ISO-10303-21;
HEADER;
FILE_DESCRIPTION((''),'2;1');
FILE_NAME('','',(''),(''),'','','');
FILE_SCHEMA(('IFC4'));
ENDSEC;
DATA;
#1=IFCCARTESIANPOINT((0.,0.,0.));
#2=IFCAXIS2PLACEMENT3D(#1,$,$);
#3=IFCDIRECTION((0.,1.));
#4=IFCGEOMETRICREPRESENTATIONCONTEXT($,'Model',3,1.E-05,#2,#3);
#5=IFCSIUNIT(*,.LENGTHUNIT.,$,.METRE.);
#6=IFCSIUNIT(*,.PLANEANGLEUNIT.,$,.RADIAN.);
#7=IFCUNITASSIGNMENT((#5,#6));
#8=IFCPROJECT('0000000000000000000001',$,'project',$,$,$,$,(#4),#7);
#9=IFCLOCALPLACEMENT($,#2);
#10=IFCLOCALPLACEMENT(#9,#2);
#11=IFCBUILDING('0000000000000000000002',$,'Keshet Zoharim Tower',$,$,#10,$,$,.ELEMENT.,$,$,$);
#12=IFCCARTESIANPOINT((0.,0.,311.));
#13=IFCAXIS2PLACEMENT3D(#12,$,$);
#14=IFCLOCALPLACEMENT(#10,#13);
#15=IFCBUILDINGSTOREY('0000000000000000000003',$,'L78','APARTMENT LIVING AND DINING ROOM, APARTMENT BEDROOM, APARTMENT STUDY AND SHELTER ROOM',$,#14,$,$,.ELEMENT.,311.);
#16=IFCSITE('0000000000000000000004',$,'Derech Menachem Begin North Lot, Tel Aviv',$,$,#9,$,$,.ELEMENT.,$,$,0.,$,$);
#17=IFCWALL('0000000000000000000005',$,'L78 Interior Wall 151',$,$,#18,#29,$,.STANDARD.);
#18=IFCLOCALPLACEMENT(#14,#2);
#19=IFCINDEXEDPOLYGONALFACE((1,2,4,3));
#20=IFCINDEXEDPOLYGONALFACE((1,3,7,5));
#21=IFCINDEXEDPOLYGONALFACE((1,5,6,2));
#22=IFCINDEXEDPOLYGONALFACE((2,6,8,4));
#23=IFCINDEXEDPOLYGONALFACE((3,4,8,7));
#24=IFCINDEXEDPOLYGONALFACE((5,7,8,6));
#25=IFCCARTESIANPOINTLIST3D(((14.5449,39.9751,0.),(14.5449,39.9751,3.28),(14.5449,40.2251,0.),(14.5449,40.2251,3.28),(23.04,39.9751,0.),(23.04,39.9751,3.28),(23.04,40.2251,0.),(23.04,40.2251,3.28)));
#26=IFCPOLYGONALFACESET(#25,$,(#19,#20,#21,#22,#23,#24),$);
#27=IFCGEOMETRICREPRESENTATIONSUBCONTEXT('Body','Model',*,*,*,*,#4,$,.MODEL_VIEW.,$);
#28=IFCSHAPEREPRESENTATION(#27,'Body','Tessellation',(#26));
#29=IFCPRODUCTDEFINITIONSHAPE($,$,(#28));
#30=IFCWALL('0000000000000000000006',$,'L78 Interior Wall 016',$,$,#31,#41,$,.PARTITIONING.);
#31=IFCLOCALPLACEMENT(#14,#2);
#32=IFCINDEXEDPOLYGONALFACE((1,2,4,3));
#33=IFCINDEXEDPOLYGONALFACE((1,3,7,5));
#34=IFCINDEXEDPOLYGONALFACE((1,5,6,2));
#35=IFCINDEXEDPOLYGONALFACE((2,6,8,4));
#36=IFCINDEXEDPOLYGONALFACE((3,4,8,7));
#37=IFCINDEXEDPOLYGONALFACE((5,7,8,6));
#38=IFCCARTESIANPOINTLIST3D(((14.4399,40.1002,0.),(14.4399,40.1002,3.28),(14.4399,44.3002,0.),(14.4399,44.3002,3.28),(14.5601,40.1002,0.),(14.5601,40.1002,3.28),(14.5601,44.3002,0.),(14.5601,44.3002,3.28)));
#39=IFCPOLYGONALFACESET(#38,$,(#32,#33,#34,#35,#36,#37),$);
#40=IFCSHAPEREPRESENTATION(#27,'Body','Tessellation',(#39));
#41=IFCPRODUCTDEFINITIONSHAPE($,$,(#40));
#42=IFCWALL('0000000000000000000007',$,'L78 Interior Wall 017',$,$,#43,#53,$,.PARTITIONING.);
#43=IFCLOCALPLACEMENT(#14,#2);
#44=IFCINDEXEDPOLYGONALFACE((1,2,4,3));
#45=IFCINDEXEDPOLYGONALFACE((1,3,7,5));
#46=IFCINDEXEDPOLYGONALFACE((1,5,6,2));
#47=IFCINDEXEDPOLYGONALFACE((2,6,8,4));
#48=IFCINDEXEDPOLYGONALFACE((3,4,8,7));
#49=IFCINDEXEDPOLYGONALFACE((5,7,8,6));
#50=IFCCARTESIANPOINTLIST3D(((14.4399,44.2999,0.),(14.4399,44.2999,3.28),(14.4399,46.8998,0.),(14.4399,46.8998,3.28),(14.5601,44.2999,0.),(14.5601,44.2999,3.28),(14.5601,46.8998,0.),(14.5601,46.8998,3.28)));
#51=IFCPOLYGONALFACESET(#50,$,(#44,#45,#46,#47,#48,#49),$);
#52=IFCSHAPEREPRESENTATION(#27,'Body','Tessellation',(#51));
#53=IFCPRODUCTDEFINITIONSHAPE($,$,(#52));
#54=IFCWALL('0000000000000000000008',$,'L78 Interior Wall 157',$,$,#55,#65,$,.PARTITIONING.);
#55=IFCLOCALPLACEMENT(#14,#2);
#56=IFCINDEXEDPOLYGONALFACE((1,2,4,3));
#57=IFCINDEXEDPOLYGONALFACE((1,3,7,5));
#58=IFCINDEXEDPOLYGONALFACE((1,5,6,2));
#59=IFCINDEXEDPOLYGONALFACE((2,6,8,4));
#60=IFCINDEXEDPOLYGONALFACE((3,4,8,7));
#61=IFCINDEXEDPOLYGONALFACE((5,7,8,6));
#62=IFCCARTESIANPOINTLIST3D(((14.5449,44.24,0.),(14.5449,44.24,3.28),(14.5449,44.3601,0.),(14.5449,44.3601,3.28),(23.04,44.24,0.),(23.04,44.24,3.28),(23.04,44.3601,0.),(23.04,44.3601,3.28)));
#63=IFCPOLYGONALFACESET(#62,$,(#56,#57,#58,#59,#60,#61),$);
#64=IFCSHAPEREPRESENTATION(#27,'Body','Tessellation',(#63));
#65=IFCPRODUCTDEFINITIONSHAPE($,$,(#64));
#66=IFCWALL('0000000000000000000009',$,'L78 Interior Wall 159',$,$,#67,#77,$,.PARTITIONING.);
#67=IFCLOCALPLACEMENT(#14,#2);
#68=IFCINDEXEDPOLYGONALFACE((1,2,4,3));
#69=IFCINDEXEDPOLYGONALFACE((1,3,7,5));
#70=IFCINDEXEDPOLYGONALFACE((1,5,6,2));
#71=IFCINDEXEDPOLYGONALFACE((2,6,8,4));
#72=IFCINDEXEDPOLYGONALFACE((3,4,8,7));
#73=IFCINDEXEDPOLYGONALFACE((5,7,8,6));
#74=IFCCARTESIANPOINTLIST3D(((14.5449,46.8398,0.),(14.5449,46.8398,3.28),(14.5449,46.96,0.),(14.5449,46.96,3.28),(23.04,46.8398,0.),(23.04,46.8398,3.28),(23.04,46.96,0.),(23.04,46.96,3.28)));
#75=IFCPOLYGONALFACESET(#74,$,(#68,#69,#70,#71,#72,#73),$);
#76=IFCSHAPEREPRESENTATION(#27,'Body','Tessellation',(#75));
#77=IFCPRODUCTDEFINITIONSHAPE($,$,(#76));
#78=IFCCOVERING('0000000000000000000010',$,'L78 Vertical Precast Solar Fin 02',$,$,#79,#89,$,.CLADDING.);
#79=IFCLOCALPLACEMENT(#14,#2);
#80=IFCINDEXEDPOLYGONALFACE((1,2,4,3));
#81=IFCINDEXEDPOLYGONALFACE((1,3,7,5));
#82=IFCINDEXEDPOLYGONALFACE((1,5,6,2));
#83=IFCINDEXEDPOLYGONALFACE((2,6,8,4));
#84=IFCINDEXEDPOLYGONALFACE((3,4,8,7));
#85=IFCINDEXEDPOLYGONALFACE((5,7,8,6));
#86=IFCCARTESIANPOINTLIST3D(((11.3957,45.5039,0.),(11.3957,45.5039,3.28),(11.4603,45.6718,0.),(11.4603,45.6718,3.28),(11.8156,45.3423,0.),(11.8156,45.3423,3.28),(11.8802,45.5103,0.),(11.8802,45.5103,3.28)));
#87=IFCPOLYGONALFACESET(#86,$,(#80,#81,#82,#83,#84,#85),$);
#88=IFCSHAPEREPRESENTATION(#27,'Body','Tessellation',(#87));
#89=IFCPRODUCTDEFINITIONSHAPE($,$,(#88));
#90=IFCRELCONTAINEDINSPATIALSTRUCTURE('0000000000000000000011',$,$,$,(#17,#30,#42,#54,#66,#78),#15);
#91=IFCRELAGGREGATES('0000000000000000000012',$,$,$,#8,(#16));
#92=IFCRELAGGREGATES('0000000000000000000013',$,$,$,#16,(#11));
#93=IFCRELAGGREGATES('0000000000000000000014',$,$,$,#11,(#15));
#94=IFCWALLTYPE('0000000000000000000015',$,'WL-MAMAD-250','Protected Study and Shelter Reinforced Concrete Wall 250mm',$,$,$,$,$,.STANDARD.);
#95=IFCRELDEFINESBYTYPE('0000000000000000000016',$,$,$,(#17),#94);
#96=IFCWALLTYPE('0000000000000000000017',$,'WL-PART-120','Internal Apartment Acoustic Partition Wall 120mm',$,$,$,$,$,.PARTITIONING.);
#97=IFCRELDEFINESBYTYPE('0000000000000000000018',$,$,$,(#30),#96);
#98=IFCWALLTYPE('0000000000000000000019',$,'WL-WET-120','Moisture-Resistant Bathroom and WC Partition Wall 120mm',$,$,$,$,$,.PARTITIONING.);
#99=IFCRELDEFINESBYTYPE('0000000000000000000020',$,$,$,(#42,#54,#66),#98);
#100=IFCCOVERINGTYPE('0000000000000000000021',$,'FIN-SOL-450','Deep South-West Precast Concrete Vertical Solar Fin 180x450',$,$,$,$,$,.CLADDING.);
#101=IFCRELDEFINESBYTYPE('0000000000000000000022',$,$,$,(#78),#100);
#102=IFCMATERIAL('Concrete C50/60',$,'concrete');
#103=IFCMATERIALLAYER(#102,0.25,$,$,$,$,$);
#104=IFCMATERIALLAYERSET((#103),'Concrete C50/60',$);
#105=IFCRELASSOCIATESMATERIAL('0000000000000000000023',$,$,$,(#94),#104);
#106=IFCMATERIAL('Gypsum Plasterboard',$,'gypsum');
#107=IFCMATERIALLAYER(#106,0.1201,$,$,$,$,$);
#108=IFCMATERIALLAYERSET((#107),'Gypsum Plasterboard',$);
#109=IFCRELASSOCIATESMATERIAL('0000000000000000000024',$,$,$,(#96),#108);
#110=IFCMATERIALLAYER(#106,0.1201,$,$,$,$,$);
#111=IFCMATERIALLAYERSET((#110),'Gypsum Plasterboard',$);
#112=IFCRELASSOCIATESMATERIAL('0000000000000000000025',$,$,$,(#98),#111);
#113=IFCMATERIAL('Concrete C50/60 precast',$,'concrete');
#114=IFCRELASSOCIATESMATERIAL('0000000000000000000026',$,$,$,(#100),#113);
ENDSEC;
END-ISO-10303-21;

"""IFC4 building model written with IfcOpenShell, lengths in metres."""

from ifc_helpers import new_model, si_unit, direction, frame, frame_2d, origin, origin_2d, place, context, subcontext, project, spatial, rectangle, extrude, material, layer, layer_set, type_object, element, save


model = new_model("IFC4")

# Units and contexts
model_context = context("Model", 3, precision=1e-05, world=origin(), true_north=direction((0.0, 1.0)))
body_context = subcontext(model_context, "Body", "Model", "MODEL_VIEW")
ifc_project = project(units=[si_unit("LENGTHUNIT", "METRE"), si_unit("PLANEANGLEUNIT", "RADIAN")], contexts=[model_context])

# Site, building, storey
site_placement = place(None, origin())
site = spatial("IfcSite", under=ifc_project, at=site_placement, Name="Derech Menachem Begin North Lot, Tel Aviv", CompositionType="ELEMENT", RefElevation=0.0)
building_placement = place(site_placement, origin())
building = spatial("IfcBuilding", under=site, at=building_placement, Name="Keshet Zoharim Tower", CompositionType="ELEMENT")
storey_placement = place(building_placement, frame((0.0, 0.0, 311.0)))
storey = spatial("IfcBuildingStorey", under=building, at=storey_placement, Name="L78", Description="APARTMENT LIVING AND DINING ROOM, APARTMENT BEDROOM, APARTMENT STUDY AND SHELTER ROOM", CompositionType="ELEMENT", Elevation=311.0)

# Shared definitions
ifc_material_1 = material(Name="Gypsum Plasterboard", Category="gypsum")

# Shared definitions
ifc_material_2 = material(Name="Concrete C50/60", Category="concrete")
ifc_layer_1 = layer(ifc_material_2, 0.25)
ifc_layer_set_1 = layer_set([ifc_layer_1], Name="Concrete C50/60")
wall_type_1 = type_object("IfcWallType", Name="WL-MAMAD-250", Description="Protected Study and Shelter Reinforced Concrete Wall 250mm", PredefinedType="STANDARD", material=ifc_layer_set_1)

# Walls
wall_1_placement = place(storey_placement, frame((14.5449, 40.1001, 0.0), z_axis=(0.0, 0.0, 1.0), x_axis=(1.0, 0.0, 0.0)))
element("IfcWall", 1, at=wall_1_placement, inside=storey, type_object=wall_type_1, Name="L78 Interior Wall 151", PredefinedType="STANDARD", context=body_context, shape_type="SweptSolid", body=[
    extrude(rectangle(XDim=8.4951, YDim=0.25, at=frame_2d((4.2476, 0.0))), origin(), (0.0, 0.0, 1.0), 3.28),
])
ifc_layer_2 = layer(ifc_material_1, 0.1201)
ifc_layer_set_2 = layer_set([ifc_layer_2], Name="Gypsum Plasterboard")
wall_type_2 = type_object("IfcWallType", Name="WL-PART-120", Description="Internal Apartment Acoustic Partition Wall 120mm", PredefinedType="PARTITIONING", material=ifc_layer_set_2)
wall_2_placement = place(storey_placement, frame((14.5, 40.1001, 0.0), z_axis=(0.0, 0.0, 1.0), x_axis=(0.0, 1.0, 0.0)))
element("IfcWall", 2, at=wall_2_placement, inside=storey, type_object=wall_type_2, Name="L78 Interior Wall 016", PredefinedType="PARTITIONING", context=body_context, shape_type="SweptSolid", body=[
    extrude(rectangle(XDim=4.2, YDim=0.1201, at=frame_2d((2.1001, 0.0))), origin(), (0.0, 0.0, 1.0), 3.28),
])
ifc_layer_3 = layer(ifc_material_1, 0.1201)
ifc_layer_set_3 = layer_set([ifc_layer_3], Name="Gypsum Plasterboard")
wall_type_3 = type_object("IfcWallType", Name="WL-WET-120", Description="Moisture-Resistant Bathroom and WC Partition Wall 120mm", PredefinedType="PARTITIONING", material=ifc_layer_set_3)
wall_3_placement = place(storey_placement, frame((14.5, 44.3, 0.0), z_axis=(0.0, 0.0, 1.0), x_axis=(0.0, 1.0, 0.0)))
element("IfcWall", 3, at=wall_3_placement, inside=storey, type_object=wall_type_3, Name="L78 Interior Wall 017", PredefinedType="PARTITIONING", context=body_context, shape_type="SweptSolid", body=[
    extrude(rectangle(XDim=2.5999, YDim=0.1201, at=frame_2d((1.2998, 0.0))), origin(), (0.0, 0.0, 1.0), 3.28),
])
for number, where, z_axis, x_axis, name in (
    (4, (14.5449, 44.3, 0.0), (0.0, 0.0, 1.0), (1.0, 0.0, 0.0), "L78 Interior Wall 157"),
    (5, (14.5449, 46.8999, 0.0), (0.0, 0.0, 1.0), (1.0, 0.0, 0.0), "L78 Interior Wall 159"),
):
    element("IfcWall", number, at=place(storey_placement, frame(where, z_axis=z_axis, x_axis=x_axis)), inside=storey, type_object=wall_type_3, Name=name, PredefinedType="PARTITIONING", context=body_context, shape_type="SweptSolid", body=[
        extrude(rectangle(XDim=8.4951, YDim=0.1201, at=frame_2d((4.2476, 0.0))), origin(), (0.0, 0.0, 1.0), 3.28),
    ])

# Covering
ifc_material_3 = material(Name="Concrete C50/60 precast", Category="concrete")
covering_type = type_object("IfcCoveringType", Name="FIN-SOL-450", Description="Deep South-West Precast Concrete Vertical Solar Fin 180x450", PredefinedType="CLADDING", material=ifc_material_3)
covering_placement = place(storey_placement, frame((11.6379, 45.5071, 0.0), z_axis=(0.0, 0.0, 1.0), x_axis=(0.35899, 0.933341, 0.0)))
element("IfcCovering", 6, at=covering_placement, inside=storey, type_object=covering_type, Name="L78 Vertical Precast Solar Fin 02", PredefinedType="CLADDING", context=body_context, shape_type="SweptSolid", body=[
    extrude(rectangle(XDim=0.1799, YDim=0.45, at=origin_2d()), origin(), (0.0, 0.0, 1.0), 3.28),
])

save(model, "model.ifc")
